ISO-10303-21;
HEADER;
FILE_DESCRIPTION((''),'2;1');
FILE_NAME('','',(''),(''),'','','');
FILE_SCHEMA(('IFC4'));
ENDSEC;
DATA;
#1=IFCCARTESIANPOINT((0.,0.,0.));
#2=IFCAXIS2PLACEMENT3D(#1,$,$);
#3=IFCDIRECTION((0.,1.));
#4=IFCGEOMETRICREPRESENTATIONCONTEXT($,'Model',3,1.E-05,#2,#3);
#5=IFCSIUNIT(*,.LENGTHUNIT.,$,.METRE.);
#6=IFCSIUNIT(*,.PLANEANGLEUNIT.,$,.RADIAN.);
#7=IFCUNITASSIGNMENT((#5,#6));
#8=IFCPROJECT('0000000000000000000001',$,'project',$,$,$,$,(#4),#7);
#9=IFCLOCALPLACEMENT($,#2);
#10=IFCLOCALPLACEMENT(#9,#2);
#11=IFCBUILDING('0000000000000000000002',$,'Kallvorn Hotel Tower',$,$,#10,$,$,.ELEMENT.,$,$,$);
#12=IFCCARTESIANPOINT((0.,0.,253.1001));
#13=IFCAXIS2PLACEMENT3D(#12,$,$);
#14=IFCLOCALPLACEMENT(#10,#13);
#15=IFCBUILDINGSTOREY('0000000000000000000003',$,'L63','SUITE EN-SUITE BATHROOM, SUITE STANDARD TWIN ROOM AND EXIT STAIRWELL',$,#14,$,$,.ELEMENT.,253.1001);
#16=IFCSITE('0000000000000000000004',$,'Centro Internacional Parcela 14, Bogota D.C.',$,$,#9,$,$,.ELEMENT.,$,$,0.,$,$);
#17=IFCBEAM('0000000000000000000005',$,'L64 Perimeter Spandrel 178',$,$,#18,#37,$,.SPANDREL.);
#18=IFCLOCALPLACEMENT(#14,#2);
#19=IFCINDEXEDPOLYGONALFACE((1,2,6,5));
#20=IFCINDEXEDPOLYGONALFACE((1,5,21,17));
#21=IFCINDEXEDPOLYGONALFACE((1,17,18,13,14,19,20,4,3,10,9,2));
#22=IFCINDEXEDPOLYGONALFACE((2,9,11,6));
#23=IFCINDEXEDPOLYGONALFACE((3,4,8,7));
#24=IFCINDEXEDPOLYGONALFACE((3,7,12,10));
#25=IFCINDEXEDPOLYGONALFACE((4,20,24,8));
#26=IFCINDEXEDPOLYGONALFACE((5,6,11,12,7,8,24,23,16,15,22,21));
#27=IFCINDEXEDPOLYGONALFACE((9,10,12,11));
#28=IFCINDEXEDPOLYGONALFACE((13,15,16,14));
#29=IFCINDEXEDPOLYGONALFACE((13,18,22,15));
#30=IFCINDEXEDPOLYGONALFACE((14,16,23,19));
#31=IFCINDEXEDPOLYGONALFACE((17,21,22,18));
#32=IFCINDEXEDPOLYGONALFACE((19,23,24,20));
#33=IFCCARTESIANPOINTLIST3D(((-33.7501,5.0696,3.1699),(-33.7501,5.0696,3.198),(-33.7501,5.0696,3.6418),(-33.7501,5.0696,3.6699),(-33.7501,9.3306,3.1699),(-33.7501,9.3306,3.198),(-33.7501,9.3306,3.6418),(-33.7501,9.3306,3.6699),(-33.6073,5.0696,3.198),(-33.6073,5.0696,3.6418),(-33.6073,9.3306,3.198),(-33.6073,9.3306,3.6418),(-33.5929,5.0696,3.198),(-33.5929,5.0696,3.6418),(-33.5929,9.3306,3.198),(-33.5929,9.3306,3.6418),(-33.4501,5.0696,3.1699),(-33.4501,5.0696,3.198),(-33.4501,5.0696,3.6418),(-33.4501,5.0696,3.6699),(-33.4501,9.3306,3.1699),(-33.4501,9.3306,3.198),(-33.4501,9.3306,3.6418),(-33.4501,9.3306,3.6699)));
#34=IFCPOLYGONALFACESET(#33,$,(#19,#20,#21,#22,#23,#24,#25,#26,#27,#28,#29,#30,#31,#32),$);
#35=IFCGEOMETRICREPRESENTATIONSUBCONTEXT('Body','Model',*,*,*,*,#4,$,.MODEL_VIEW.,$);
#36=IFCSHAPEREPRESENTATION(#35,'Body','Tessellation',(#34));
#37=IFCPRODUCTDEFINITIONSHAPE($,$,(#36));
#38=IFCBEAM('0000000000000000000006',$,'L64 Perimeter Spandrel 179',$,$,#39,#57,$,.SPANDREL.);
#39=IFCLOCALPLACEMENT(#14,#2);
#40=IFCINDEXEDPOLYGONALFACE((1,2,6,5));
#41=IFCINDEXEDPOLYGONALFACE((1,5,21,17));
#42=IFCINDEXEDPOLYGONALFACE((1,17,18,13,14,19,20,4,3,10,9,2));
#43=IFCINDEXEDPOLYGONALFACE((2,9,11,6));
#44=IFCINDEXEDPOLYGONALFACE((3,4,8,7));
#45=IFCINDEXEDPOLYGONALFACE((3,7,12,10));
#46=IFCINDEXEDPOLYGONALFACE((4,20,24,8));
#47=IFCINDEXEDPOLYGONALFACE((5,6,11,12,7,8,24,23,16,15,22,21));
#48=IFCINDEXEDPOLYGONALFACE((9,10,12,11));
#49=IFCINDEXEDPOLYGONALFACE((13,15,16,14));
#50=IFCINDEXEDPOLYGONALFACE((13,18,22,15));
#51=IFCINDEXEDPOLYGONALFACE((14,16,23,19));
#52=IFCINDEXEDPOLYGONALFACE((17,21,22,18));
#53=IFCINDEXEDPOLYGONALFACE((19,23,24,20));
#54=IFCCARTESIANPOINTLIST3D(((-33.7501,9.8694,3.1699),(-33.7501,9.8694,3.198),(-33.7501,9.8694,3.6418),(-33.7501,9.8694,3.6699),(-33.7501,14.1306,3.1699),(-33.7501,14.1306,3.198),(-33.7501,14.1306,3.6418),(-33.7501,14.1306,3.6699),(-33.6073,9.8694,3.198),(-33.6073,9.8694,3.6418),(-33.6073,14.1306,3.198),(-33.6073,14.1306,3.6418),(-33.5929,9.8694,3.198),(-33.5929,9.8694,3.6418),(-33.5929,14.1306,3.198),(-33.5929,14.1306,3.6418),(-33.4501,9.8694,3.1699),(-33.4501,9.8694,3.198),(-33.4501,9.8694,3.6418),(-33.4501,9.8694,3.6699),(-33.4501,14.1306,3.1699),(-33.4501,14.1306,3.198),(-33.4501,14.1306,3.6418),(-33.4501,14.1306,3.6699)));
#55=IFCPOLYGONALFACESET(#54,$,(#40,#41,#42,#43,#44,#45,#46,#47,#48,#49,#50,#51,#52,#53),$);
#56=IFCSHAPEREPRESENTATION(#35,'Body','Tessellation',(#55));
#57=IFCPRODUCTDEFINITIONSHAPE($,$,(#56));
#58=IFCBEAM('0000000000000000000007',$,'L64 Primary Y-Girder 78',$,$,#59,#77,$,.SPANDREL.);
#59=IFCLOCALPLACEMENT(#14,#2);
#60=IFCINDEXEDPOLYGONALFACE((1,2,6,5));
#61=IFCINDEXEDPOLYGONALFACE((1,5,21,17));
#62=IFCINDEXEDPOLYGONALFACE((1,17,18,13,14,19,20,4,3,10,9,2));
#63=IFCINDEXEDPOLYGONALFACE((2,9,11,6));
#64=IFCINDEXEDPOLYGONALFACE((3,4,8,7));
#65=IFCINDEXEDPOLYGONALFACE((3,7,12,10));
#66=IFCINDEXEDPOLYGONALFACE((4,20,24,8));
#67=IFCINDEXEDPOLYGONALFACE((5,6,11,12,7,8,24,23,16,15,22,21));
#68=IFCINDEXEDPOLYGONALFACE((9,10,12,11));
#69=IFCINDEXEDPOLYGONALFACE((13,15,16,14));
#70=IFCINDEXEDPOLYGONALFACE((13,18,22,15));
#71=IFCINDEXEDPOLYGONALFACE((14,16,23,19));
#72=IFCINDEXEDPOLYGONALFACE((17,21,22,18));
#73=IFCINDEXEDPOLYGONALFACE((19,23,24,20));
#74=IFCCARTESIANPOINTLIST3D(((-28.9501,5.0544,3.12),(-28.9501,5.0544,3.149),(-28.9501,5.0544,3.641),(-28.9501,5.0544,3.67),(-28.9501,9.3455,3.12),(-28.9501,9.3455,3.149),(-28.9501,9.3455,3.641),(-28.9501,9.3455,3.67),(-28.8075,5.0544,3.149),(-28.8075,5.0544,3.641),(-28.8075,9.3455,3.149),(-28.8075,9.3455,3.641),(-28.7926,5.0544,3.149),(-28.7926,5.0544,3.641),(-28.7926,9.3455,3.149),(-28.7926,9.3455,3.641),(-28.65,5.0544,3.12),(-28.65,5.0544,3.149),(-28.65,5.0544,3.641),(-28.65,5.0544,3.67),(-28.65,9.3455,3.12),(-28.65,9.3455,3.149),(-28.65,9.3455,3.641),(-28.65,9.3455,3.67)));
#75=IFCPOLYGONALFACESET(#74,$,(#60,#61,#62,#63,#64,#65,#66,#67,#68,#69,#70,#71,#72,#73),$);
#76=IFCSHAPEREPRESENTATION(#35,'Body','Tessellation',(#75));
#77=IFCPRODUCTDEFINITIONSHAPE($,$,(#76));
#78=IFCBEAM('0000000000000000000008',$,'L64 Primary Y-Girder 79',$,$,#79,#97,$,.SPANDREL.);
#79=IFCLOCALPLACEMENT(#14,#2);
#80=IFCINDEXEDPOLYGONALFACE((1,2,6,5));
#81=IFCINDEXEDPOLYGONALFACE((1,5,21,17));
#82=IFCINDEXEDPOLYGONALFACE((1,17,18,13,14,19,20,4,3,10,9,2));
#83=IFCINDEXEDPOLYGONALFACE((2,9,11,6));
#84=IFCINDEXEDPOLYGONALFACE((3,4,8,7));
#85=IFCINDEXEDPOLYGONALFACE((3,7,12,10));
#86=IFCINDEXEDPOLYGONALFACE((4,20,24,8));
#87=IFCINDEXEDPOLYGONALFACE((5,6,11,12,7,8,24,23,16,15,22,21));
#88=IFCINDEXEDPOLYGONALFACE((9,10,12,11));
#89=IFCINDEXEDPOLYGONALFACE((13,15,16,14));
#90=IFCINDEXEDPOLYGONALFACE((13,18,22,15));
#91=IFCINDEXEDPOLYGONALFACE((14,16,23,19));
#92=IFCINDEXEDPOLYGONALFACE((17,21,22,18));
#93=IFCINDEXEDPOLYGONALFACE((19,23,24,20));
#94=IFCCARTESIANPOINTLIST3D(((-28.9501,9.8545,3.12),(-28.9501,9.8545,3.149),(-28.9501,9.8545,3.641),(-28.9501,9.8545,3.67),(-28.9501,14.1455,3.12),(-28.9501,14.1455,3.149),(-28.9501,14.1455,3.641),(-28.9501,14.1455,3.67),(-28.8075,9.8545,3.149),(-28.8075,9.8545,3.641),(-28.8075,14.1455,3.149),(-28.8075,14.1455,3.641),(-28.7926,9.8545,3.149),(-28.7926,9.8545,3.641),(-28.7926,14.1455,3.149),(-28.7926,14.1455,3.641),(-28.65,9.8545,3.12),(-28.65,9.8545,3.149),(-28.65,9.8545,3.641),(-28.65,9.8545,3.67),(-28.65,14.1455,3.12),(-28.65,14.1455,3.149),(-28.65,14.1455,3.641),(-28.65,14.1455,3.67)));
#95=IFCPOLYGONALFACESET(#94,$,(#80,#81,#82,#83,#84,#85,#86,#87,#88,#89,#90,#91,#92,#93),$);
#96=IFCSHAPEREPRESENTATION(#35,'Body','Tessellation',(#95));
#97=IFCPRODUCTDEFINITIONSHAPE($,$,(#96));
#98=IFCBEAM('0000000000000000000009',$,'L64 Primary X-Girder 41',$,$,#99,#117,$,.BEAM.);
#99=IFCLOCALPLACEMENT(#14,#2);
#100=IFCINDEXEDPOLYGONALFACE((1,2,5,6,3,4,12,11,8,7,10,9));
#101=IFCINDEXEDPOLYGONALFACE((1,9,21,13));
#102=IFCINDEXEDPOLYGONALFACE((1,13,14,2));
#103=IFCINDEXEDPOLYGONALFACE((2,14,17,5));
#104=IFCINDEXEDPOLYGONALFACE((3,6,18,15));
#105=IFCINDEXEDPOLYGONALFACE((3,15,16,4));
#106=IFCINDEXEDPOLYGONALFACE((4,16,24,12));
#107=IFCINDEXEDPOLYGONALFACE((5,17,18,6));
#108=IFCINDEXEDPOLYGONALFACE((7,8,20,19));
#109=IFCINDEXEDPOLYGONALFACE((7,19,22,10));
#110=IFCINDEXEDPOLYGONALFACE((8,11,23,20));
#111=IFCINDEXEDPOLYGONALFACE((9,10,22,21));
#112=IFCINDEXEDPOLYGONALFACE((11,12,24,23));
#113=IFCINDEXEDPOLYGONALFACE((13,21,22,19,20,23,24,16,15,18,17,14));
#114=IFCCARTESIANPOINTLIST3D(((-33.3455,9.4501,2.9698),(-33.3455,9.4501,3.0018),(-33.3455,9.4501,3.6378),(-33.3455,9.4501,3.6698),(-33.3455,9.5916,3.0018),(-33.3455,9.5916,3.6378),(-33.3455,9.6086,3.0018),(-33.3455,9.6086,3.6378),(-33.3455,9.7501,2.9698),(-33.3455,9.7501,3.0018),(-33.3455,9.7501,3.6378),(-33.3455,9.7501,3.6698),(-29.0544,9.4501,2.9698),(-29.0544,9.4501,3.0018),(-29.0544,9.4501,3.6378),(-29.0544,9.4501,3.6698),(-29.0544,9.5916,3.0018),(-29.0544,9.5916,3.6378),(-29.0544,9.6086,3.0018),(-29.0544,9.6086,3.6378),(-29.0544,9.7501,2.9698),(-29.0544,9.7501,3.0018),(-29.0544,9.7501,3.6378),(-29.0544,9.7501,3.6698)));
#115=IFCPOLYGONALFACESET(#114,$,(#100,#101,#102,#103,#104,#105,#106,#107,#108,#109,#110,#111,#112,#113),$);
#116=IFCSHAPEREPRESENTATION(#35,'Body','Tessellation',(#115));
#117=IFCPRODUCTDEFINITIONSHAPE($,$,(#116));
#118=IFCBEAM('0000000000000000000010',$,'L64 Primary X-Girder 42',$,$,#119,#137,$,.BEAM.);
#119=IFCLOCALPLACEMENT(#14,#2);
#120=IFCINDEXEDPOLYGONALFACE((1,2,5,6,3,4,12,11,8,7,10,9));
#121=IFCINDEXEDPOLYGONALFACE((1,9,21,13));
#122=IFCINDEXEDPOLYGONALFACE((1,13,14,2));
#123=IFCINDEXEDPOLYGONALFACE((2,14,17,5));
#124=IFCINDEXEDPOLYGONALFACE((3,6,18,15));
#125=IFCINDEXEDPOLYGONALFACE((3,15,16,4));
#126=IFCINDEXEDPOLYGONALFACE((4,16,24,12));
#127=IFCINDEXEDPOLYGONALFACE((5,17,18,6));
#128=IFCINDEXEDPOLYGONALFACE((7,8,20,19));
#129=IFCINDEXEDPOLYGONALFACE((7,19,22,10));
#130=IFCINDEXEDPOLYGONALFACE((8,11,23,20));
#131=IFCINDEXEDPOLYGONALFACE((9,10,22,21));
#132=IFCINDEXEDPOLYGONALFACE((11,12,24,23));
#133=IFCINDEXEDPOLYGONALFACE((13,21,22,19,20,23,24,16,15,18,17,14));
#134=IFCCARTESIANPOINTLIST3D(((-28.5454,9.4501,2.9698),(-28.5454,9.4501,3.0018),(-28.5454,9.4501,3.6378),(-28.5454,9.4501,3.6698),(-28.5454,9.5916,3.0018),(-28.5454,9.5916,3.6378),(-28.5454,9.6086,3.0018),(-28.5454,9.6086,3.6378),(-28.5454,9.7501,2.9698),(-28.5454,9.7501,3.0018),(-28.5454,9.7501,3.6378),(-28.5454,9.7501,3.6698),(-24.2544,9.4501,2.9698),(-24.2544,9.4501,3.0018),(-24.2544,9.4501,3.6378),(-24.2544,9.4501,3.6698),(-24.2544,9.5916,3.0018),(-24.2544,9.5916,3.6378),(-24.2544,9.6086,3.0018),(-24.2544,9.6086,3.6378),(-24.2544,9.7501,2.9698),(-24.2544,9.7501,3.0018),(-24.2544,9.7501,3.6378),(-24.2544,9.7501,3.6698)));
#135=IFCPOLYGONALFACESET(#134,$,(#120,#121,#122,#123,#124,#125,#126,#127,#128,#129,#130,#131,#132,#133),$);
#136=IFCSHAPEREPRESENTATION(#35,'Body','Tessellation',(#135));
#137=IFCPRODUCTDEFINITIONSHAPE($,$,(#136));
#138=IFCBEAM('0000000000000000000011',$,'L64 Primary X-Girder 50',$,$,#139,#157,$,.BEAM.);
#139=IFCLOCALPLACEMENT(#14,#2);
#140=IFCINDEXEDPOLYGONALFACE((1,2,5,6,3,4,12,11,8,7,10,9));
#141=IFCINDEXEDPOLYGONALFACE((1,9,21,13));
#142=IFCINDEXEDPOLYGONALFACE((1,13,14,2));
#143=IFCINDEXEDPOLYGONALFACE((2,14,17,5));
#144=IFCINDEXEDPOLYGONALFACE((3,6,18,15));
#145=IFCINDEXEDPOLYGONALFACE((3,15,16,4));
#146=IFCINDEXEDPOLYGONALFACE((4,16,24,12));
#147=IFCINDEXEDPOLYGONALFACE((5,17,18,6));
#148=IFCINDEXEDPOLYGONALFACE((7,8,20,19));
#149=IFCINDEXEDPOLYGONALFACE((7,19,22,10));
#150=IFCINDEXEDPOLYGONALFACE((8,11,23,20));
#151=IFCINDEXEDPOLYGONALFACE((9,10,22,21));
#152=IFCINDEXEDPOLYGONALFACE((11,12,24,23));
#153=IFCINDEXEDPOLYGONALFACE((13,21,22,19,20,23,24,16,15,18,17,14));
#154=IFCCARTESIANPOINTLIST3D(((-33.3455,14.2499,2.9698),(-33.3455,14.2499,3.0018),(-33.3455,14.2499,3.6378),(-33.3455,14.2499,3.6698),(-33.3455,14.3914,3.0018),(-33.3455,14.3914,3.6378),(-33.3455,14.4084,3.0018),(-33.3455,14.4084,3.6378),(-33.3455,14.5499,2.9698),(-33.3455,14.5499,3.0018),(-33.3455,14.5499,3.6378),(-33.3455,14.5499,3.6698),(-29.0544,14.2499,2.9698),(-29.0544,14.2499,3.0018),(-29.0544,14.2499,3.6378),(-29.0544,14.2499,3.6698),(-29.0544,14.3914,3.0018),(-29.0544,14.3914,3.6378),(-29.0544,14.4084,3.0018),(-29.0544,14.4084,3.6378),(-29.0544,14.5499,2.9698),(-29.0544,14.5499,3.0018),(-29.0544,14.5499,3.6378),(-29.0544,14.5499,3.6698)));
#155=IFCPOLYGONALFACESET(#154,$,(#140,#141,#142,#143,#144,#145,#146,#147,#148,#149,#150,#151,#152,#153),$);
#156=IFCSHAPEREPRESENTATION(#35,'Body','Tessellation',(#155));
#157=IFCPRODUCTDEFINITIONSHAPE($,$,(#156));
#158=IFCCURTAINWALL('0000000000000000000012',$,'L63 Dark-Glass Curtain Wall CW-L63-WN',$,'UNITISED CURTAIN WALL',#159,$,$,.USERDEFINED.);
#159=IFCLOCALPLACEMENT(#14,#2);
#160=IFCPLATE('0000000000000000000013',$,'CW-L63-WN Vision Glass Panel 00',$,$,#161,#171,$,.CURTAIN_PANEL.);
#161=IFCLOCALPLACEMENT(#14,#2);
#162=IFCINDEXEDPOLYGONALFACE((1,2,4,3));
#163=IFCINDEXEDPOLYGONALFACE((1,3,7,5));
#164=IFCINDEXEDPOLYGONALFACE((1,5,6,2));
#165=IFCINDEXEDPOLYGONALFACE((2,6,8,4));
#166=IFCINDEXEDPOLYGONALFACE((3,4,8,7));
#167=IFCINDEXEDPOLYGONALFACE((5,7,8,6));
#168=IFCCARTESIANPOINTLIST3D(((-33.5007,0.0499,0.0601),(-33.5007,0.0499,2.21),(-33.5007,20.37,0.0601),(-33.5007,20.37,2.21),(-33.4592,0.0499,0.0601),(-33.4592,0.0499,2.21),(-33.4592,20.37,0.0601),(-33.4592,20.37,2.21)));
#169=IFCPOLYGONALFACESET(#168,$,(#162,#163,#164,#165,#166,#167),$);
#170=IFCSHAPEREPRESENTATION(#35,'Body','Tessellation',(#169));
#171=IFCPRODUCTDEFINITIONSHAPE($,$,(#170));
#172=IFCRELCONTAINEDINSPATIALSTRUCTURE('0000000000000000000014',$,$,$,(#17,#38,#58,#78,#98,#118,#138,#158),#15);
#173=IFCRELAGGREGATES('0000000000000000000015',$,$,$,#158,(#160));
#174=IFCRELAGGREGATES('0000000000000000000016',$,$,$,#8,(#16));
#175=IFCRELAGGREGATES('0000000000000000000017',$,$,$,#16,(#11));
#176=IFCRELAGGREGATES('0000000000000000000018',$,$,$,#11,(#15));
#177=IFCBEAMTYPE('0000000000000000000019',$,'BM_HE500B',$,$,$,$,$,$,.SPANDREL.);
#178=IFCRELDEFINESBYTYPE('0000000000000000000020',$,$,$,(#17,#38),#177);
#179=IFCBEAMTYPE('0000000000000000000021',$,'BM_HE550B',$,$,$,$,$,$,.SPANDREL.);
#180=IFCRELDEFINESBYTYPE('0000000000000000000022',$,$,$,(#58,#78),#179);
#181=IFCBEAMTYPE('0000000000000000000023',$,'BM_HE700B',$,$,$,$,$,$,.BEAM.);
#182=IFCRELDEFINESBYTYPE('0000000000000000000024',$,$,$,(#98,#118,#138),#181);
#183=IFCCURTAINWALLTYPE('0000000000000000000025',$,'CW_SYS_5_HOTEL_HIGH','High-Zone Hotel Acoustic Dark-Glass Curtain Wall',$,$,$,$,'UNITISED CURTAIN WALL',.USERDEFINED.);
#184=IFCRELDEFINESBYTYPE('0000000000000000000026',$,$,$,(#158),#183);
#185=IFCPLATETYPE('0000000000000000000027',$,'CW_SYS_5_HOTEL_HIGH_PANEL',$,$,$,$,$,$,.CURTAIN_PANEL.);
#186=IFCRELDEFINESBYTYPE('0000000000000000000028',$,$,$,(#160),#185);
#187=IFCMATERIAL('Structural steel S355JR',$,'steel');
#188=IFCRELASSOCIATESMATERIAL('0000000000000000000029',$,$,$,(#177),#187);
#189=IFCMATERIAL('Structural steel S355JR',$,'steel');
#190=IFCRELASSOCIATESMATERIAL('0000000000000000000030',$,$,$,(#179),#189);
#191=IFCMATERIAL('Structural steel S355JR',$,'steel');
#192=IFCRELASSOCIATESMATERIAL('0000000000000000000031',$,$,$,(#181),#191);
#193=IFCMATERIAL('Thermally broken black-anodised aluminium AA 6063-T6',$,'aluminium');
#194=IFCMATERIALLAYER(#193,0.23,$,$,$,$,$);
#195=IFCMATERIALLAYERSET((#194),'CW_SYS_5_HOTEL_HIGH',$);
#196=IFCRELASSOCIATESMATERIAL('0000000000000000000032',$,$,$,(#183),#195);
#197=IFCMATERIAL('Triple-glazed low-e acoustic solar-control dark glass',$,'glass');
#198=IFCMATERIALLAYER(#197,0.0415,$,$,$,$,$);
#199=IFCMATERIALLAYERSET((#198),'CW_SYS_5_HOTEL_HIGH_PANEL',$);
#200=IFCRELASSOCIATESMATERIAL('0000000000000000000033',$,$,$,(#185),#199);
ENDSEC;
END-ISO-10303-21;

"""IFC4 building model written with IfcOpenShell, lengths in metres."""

from ifc_helpers import new_model, si_unit, direction, frame, origin, origin_2d, place, context, subcontext, project, spatial, rectangle, i_section, extrude, material, layer, layer_set, material_profile, profile_set, type_object, element, aggregate, save


model = new_model("IFC4")

# Units and contexts
model_context = context("Model", 3, precision=1e-05, world=origin(), true_north=direction((0.0, 1.0)))
body_context = subcontext(model_context, "Body", "Model", "MODEL_VIEW")
ifc_project = project(units=[si_unit("LENGTHUNIT", "METRE"), si_unit("PLANEANGLEUNIT", "RADIAN")], contexts=[model_context])

# Site, building, storey
site_placement = place(None, origin())
site = spatial("IfcSite", under=ifc_project, at=site_placement, Name="Centro Internacional Parcela 14, Bogota D.C.", CompositionType="ELEMENT", RefElevation=0.0)
building_placement = place(site_placement, origin())
building = spatial("IfcBuilding", under=site, at=building_placement, Name="Kallvorn Hotel Tower", CompositionType="ELEMENT")
storey_placement = place(building_placement, frame((0.0, 0.0, 253.1001)))
storey = spatial("IfcBuildingStorey", under=building, at=storey_placement, Name="L63", Description="SUITE EN-SUITE BATHROOM, SUITE STANDARD TWIN ROOM AND EXIT STAIRWELL", CompositionType="ELEMENT", Elevation=253.1001)

# Beams
ifc_material_1 = material(Name="Structural steel S355JR", Category="steel")
ifc_material_profile_1 = material_profile(ifc_material_1, i_section(OverallWidth=0.3, OverallDepth=0.5, WebThickness=0.0144, FlangeThickness=0.0281, at=origin_2d()), Name="HE 500 B")
ifc_profile_set_1 = profile_set([ifc_material_profile_1], Name="Structural steel S355JR")
beam_type_1 = type_object("IfcBeamType", Name="BM_HE500B", PredefinedType="SPANDREL", material=ifc_profile_set_1)
beam_1_placement = place(storey_placement, frame((-33.6001, 5.0696, 3.4199), z_axis=(0.0, 1.0, 0.0), x_axis=(-1.0, 0.0, 0.0)))
element("IfcBeam", 1, at=beam_1_placement, inside=storey, type_object=beam_type_1, Name="L64 Perimeter Spandrel 178", PredefinedType="SPANDREL", context=body_context, shape_type="SweptSolid", body=[
    extrude(i_section(OverallWidth=0.3, OverallDepth=0.5, WebThickness=0.0144, FlangeThickness=0.0281, at=origin_2d()), origin(), (0.0, 0.0, 1.0), 4.261),
])
beam_2_placement = place(storey_placement, frame((-33.6001, 9.8694, 3.4199), z_axis=(0.0, 1.0, 0.0), x_axis=(-1.0, 0.0, 0.0)))
element("IfcBeam", 2, at=beam_2_placement, inside=storey, type_object=beam_type_1, Name="L64 Perimeter Spandrel 179", PredefinedType="SPANDREL", context=body_context, shape_type="SweptSolid", body=[
    extrude(i_section(OverallWidth=0.3, OverallDepth=0.5, WebThickness=0.0144, FlangeThickness=0.0281, at=origin_2d()), origin(), (0.0, 0.0, 1.0), 4.2612),
])
ifc_material_2 = material(Name="Structural steel S355JR", Category="steel")
ifc_material_profile_2 = material_profile(ifc_material_2, i_section(OverallWidth=0.3, OverallDepth=0.55, WebThickness=0.0149, FlangeThickness=0.0291, at=origin_2d()), Name="HE 550 B")
ifc_profile_set_2 = profile_set([ifc_material_profile_2], Name="Structural steel S355JR")
beam_type_2 = type_object("IfcBeamType", Name="BM_HE550B", PredefinedType="SPANDREL", material=ifc_profile_set_2)
for number, where, z_axis, x_axis, name in (
    (3, (-28.8, 5.0544, 3.395), (0.0, 1.0, 0.0), (-1.0, 0.0, 0.0), "L64 Primary Y-Girder 78"),
    (4, (-28.8, 9.8545, 3.395), (0.0, 1.0, 0.0), (-1.0, 0.0, 0.0), "L64 Primary Y-Girder 79"),
):
    element("IfcBeam", number, at=place(storey_placement, frame(where, z_axis=z_axis, x_axis=x_axis)), inside=storey, type_object=beam_type_2, Name=name, PredefinedType="SPANDREL", context=body_context, shape_type="SweptSolid", body=[
        extrude(i_section(OverallWidth=0.3, OverallDepth=0.55, WebThickness=0.0149, FlangeThickness=0.0291, at=origin_2d()), origin(), (0.0, 0.0, 1.0), 4.291),
    ])
ifc_material_3 = material(Name="Structural steel S355JR", Category="steel")
ifc_material_profile_3 = material_profile(ifc_material_3, i_section(OverallWidth=0.3, OverallDepth=0.7, WebThickness=0.0171, FlangeThickness=0.032, at=origin_2d()), Name="HE 700 B")
ifc_profile_set_3 = profile_set([ifc_material_profile_3], Name="Structural steel S355JR")
beam_type_3 = type_object("IfcBeamType", Name="BM_HE700B", PredefinedType="BEAM", material=ifc_profile_set_3)
for number, where, z_axis, x_axis, name in (
    (5, (-33.3455, 9.6001, 3.3198), (1.0, 0.0, 0.0), (0.0, 1.0, 0.0), "L64 Primary X-Girder 41"),
    (6, (-28.5454, 9.6001, 3.3198), (1.0, 0.0, 0.0), (0.0, 1.0, 0.0), "L64 Primary X-Girder 42"),
    (7, (-33.3455, 14.3999, 3.3198), (1.0, 0.0, 0.0), (0.0, 1.0, 0.0), "L64 Primary X-Girder 50"),
):
    element("IfcBeam", number, at=place(storey_placement, frame(where, z_axis=z_axis, x_axis=x_axis)), inside=storey, type_object=beam_type_3, Name=name, PredefinedType="BEAM", context=body_context, shape_type="SweptSolid", body=[
        extrude(i_section(OverallWidth=0.3, OverallDepth=0.7, WebThickness=0.0171, FlangeThickness=0.032, at=origin_2d()), origin(), (0.0, 0.0, 1.0), 4.291),
    ])

# Curtain wall, plate
ifc_material_4 = material(Name="Thermally broken black-anodised aluminium AA 6063-T6", Category="aluminium")
ifc_layer_1 = layer(ifc_material_4, 0.23)
ifc_layer_set_1 = layer_set([ifc_layer_1], Name="CW_SYS_5_HOTEL_HIGH")
curtain_wall_type = type_object("IfcCurtainWallType", Name="CW_SYS_5_HOTEL_HIGH", Description="High-Zone Hotel Acoustic Dark-Glass Curtain Wall", ElementType="UNITISED CURTAIN WALL", PredefinedType="USERDEFINED", material=ifc_layer_set_1)
curtain_wall_placement = place(storey_placement, origin())
curtain_wall = element("IfcCurtainWall", 8, at=curtain_wall_placement, inside=storey, type_object=curtain_wall_type, Name="L63 Dark-Glass Curtain Wall CW-L63-WN", ObjectType="UNITISED CURTAIN WALL", PredefinedType="USERDEFINED")
ifc_material_5 = material(Name="Triple-glazed low-e acoustic solar-control dark glass", Category="glass")
ifc_layer_2 = layer(ifc_material_5, 0.0415)
ifc_layer_set_2 = layer_set([ifc_layer_2], Name="CW_SYS_5_HOTEL_HIGH_PANEL")
plate_type = type_object("IfcPlateType", Name="CW_SYS_5_HOTEL_HIGH_PANEL", PredefinedType="CURTAIN_PANEL", material=ifc_layer_set_2)
plate_placement = place(storey_placement, frame((-33.48, 10.21, 0.0601), z_axis=(0.0, 0.0, 1.0), x_axis=(0.0, 1.0, 0.0)))
plate = element("IfcPlate", 9, at=plate_placement, type_object=plate_type, Name="CW-L63-WN Vision Glass Panel 00", PredefinedType="CURTAIN_PANEL", context=body_context, shape_type="SweptSolid", body=[
    extrude(rectangle(XDim=20.3201, YDim=0.0415, at=origin_2d()), origin(), (0.0, 0.0, 1.0), 2.1499),
])
aggregate(curtain_wall, [plate])

save(model, "model.ifc")
